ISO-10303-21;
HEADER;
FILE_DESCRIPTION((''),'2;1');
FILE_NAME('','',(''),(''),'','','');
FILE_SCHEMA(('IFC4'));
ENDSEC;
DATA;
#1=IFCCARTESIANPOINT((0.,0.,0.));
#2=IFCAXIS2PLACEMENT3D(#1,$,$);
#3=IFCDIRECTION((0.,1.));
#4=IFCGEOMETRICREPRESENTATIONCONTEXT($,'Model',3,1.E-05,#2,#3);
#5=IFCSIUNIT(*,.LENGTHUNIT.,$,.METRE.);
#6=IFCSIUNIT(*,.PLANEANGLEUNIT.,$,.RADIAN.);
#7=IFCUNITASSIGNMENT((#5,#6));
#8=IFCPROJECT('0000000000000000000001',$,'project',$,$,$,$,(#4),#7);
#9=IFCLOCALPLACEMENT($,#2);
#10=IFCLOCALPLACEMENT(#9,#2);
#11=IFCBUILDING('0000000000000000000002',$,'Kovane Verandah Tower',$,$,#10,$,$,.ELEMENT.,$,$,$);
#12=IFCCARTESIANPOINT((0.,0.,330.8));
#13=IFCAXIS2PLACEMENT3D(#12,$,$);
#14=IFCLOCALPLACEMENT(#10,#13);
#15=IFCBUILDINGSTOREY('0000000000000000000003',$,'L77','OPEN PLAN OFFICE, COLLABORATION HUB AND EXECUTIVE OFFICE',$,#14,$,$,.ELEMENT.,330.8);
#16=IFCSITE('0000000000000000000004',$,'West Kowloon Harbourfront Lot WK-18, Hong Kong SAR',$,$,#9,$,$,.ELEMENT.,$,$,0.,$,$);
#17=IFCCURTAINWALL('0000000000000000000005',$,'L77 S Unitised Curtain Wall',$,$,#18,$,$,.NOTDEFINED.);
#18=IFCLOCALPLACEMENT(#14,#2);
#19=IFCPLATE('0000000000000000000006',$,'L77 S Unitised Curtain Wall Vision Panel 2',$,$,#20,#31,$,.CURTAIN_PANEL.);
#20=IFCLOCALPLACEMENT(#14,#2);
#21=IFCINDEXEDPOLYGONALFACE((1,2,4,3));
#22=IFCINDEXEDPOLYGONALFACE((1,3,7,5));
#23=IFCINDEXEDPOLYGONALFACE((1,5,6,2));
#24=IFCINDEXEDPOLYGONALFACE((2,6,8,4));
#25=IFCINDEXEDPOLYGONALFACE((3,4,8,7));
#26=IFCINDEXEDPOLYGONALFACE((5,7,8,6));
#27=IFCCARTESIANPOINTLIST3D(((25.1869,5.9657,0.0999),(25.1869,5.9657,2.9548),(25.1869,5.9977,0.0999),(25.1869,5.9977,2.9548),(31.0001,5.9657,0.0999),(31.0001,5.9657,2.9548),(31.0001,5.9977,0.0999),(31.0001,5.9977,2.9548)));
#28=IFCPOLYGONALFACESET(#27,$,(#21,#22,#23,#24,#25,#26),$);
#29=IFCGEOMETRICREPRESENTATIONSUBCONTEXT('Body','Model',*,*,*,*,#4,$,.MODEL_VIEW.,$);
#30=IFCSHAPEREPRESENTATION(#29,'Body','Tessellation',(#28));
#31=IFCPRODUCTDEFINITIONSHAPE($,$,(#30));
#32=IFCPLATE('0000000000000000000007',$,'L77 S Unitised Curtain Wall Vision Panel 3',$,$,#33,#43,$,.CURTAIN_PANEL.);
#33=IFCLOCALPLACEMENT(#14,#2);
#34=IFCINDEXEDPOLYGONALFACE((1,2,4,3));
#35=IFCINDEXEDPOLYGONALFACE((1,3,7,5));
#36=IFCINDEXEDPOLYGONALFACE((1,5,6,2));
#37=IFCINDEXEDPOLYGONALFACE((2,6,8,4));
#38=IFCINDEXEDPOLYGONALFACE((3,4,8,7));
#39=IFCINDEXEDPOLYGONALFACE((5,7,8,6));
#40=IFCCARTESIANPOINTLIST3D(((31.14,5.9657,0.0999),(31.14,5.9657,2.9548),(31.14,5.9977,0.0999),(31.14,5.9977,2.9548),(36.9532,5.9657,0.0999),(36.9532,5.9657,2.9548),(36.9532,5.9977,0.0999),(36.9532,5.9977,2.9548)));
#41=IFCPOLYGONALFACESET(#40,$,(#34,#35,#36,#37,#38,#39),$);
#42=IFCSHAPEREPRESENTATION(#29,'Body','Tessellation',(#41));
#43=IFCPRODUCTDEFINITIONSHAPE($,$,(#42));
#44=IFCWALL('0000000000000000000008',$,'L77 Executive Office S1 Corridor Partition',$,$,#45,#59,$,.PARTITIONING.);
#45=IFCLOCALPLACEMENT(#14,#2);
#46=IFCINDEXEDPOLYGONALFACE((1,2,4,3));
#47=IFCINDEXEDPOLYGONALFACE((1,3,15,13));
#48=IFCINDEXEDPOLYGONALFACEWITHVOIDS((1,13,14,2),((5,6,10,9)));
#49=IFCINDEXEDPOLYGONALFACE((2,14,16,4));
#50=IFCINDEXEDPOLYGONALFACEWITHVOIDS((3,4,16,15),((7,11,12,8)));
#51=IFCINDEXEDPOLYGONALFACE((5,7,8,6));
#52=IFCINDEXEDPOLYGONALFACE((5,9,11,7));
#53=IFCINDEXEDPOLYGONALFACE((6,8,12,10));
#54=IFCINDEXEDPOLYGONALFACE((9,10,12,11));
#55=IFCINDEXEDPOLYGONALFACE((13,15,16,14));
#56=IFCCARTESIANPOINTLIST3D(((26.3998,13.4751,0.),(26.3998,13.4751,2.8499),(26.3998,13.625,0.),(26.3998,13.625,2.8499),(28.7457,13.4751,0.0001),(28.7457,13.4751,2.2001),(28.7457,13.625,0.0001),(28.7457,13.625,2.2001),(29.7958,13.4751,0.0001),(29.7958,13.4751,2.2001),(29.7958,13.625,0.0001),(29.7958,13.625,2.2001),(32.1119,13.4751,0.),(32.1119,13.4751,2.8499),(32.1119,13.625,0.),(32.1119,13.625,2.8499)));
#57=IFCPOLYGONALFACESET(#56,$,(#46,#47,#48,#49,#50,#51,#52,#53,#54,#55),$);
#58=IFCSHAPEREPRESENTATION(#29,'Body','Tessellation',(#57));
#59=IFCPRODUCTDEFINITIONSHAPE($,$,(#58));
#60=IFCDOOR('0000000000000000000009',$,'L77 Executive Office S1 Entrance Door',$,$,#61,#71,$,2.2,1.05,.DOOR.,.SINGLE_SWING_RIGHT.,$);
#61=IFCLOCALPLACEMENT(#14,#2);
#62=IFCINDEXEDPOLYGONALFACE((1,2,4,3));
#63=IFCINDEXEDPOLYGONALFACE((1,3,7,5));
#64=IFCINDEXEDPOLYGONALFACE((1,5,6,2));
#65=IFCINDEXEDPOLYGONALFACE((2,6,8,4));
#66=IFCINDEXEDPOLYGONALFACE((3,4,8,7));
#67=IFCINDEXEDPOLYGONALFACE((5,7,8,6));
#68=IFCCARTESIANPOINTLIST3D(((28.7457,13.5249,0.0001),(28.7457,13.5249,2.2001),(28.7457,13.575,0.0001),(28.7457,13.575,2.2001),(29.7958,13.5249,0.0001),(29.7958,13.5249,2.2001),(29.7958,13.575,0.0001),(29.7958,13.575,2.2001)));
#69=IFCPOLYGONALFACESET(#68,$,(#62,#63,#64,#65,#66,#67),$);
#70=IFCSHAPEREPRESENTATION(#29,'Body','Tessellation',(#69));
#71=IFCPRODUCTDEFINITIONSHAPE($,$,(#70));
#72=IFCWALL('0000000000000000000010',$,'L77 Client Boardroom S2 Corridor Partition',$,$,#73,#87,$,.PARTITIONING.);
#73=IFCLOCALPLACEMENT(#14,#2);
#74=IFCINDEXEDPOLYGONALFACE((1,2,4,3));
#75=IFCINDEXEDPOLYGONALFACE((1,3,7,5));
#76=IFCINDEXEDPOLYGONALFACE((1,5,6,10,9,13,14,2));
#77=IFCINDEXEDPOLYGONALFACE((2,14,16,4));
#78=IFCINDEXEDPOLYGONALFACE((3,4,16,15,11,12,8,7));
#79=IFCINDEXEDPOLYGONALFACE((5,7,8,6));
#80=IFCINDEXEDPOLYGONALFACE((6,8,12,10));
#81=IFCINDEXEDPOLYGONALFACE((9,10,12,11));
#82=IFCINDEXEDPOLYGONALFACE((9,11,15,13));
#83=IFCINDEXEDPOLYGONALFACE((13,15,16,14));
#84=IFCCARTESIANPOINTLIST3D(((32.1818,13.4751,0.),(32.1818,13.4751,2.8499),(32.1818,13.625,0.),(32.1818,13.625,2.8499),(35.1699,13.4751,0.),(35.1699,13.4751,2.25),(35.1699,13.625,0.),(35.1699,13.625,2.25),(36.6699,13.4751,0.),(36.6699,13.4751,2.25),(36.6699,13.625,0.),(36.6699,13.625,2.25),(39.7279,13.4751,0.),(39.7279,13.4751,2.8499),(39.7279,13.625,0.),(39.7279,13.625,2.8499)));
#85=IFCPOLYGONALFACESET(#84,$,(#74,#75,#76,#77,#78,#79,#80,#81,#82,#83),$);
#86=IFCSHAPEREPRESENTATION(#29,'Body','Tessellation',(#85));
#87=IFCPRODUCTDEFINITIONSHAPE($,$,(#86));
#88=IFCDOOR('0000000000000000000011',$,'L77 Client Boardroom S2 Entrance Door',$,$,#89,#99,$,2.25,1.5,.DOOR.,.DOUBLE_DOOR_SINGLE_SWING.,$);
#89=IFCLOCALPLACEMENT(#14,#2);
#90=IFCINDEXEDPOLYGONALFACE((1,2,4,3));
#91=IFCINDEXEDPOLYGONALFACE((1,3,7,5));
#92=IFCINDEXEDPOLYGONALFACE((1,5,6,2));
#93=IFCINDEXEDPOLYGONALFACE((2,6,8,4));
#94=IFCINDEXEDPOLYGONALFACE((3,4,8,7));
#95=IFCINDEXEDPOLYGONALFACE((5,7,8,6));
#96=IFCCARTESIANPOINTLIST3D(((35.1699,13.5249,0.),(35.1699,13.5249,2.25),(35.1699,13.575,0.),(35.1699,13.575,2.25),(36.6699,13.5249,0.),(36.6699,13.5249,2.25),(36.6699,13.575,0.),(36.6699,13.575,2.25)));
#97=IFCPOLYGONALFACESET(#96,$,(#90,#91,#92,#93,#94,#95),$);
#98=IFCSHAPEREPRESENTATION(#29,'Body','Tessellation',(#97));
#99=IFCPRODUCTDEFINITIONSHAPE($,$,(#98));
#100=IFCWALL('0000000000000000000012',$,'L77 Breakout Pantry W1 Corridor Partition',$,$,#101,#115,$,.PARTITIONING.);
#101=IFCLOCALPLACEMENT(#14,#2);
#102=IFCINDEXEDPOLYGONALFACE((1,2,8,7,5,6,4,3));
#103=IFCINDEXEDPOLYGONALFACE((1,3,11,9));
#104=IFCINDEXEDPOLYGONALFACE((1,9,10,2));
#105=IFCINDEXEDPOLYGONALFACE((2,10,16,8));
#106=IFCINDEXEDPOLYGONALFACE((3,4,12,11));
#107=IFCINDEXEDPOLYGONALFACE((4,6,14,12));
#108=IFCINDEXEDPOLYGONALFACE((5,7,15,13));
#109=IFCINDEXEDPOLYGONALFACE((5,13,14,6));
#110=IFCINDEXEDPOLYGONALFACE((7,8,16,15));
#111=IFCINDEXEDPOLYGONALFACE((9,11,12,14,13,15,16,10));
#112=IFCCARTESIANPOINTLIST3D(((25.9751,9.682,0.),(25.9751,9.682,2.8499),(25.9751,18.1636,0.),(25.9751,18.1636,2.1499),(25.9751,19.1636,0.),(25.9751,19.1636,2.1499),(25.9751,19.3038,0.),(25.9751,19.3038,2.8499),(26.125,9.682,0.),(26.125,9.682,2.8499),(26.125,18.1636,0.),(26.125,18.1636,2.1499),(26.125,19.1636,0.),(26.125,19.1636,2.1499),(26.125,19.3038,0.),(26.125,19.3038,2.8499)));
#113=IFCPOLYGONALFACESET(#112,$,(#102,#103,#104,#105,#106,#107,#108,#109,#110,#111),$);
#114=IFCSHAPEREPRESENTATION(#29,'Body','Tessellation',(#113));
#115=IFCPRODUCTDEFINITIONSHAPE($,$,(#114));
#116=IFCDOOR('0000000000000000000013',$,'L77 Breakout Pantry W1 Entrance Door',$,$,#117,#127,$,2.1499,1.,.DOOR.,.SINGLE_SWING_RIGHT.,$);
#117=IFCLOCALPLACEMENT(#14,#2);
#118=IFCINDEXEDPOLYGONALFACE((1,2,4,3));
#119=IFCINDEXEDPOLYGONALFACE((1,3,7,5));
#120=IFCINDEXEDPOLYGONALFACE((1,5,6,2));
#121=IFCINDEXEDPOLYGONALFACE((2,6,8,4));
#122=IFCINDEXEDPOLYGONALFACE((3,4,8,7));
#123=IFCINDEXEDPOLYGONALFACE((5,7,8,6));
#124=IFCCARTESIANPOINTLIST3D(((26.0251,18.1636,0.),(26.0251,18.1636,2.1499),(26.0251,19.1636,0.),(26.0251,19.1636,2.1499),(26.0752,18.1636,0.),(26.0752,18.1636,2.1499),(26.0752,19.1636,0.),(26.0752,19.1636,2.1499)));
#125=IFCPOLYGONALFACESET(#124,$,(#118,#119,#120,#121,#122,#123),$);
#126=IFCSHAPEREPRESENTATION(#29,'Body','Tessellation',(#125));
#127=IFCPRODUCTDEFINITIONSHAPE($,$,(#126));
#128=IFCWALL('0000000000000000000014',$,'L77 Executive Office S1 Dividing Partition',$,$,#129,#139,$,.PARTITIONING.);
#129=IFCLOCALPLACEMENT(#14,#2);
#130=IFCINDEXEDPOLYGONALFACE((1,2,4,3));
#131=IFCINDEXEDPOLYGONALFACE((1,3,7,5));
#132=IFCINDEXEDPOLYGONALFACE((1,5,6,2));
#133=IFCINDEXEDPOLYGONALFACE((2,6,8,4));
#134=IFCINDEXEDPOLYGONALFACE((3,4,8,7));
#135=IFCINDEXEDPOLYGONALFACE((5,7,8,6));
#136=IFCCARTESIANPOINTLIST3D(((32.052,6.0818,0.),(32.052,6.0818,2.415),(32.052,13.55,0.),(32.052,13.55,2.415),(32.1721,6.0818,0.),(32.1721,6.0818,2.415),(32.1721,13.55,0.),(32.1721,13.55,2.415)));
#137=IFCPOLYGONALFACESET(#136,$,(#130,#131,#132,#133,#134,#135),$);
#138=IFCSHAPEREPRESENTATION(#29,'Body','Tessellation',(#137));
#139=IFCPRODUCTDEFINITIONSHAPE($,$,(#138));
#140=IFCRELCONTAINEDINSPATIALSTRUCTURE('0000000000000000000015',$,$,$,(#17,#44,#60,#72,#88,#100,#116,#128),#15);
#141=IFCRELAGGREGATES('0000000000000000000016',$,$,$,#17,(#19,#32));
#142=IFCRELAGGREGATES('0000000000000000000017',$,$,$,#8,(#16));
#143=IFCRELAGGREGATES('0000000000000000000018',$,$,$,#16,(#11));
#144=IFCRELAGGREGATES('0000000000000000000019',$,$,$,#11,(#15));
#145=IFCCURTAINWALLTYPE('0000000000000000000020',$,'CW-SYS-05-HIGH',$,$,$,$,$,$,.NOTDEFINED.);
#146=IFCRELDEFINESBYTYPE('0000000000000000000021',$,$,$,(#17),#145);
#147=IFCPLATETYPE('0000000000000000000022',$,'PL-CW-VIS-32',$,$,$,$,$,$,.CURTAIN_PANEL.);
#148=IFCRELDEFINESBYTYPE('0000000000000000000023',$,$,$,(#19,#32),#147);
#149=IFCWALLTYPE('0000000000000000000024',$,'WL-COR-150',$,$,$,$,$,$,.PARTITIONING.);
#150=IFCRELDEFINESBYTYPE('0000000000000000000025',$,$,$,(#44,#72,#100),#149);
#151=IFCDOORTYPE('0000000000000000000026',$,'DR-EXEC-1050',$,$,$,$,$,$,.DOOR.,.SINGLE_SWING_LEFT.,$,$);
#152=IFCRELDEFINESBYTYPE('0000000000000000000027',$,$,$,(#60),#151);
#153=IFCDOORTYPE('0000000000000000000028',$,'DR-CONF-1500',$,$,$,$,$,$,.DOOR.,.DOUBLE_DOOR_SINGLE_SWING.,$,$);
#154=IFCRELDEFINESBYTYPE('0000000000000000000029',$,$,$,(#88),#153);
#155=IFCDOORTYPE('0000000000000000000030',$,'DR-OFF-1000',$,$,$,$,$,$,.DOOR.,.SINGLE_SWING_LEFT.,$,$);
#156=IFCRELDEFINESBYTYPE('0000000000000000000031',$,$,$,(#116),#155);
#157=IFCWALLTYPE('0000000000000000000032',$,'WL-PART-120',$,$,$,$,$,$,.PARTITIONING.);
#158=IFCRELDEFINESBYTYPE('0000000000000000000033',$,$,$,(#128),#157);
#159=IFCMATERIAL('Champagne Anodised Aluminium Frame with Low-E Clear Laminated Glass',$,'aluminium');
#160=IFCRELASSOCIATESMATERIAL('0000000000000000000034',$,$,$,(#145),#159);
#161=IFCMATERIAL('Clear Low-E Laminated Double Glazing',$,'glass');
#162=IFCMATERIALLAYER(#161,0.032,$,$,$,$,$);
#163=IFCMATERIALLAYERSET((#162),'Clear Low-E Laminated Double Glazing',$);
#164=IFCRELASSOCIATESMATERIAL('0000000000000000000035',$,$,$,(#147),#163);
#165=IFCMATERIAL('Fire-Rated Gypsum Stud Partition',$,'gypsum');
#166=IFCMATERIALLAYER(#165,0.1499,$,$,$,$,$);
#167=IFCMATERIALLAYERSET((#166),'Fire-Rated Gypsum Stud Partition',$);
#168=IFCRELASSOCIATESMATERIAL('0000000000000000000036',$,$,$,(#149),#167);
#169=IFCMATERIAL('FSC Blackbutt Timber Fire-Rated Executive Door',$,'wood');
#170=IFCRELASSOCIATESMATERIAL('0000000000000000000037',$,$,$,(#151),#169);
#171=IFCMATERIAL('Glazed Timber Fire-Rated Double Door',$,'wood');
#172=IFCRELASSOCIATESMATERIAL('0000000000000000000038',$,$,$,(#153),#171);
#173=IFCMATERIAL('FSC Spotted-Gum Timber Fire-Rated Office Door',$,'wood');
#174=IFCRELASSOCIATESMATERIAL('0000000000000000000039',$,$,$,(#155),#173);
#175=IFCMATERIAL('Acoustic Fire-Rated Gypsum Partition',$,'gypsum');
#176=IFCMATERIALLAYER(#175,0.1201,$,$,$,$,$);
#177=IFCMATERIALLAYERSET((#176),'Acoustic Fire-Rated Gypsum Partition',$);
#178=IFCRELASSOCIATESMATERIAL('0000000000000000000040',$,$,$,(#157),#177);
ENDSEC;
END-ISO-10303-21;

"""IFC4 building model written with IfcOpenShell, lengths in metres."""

from ifc_helpers import new_model, si_unit, direction, frame, frame_2d, origin, origin_2d, place, context, subcontext, project, spatial, rectangle, extrude, material, layer, layer_set, type_object, element, fill, aggregate, save


model = new_model("IFC4")

# Units and contexts
model_context = context("Model", 3, precision=1e-05, world=origin(), true_north=direction((0.0, 1.0)))
body_context = subcontext(model_context, "Body", "Model", "MODEL_VIEW")
ifc_project = project(units=[si_unit("LENGTHUNIT", "METRE"), si_unit("PLANEANGLEUNIT", "RADIAN")], contexts=[model_context])

# Site, building, storey
site_placement = place(None, origin())
site = spatial("IfcSite", under=ifc_project, at=site_placement, Name="West Kowloon Harbourfront Lot WK-18, Hong Kong SAR", CompositionType="ELEMENT", RefElevation=0.0)
building_placement = place(site_placement, origin())
building = spatial("IfcBuilding", under=site, at=building_placement, Name="Kovane Verandah Tower", CompositionType="ELEMENT")
storey_placement = place(building_placement, frame((0.0, 0.0, 330.8)))
storey = spatial("IfcBuildingStorey", under=building, at=storey_placement, Name="L77", Description="OPEN PLAN OFFICE, COLLABORATION HUB AND EXECUTIVE OFFICE", CompositionType="ELEMENT", Elevation=330.8)

# Curtain wall
ifc_material_1 = material(Name="Champagne Anodised Aluminium Frame with Low-E Clear Laminated Glass", Category="aluminium")
curtain_wall_type = type_object("IfcCurtainWallType", Name="CW-SYS-05-HIGH", PredefinedType="NOTDEFINED", material=ifc_material_1)
curtain_wall_placement = place(storey_placement, origin())
curtain_wall = element("IfcCurtainWall", 1, at=curtain_wall_placement, inside=storey, type_object=curtain_wall_type, Name="L77 S Unitised Curtain Wall", PredefinedType="NOTDEFINED")

# Plates
ifc_material_2 = material(Name="Clear Low-E Laminated Double Glazing", Category="glass")
ifc_layer_1 = layer(ifc_material_2, 0.032)
ifc_layer_set_1 = layer_set([ifc_layer_1], Name="Clear Low-E Laminated Double Glazing")
plate_type_1 = type_object("IfcPlateType", Name="PL-CW-VIS-32", PredefinedType="CURTAIN_PANEL", material=ifc_layer_set_1)
plate_1_placement = place(storey_placement, frame((28.0935, 5.9817, 0.0999), z_axis=(0.0, 0.0, 1.0), x_axis=(1.0, 0.0, 0.0)))
plate_1 = element("IfcPlate", 2, at=plate_1_placement, type_object=plate_type_1, Name="L77 S Unitised Curtain Wall Vision Panel 2", PredefinedType="CURTAIN_PANEL", context=body_context, shape_type="SweptSolid", body=[
    extrude(rectangle(XDim=5.8132, YDim=0.032, at=origin_2d()), origin(), (0.0, 0.0, 1.0), 2.855),
])
plate_2_placement = place(storey_placement, frame((34.0466, 5.9817, 0.0999), z_axis=(0.0, 0.0, 1.0), x_axis=(1.0, 0.0, 0.0)))
plate_2 = element("IfcPlate", 3, at=plate_2_placement, type_object=plate_type_1, Name="L77 S Unitised Curtain Wall Vision Panel 3", PredefinedType="CURTAIN_PANEL", context=body_context, shape_type="SweptSolid", body=[
    extrude(rectangle(XDim=5.8132, YDim=0.032, at=origin_2d()), origin(), (0.0, 0.0, 1.0), 2.855),
])
aggregate(curtain_wall, [plate_1, plate_2])

# Walls, openings, doors
ifc_material_3 = material(Name="Fire-Rated Gypsum Stud Partition", Category="gypsum")
ifc_layer_2 = layer(ifc_material_3, 0.1499)
ifc_layer_set_2 = layer_set([ifc_layer_2], Name="Fire-Rated Gypsum Stud Partition")
wall_type_1 = type_object("IfcWallType", Name="WL-COR-150", PredefinedType="PARTITIONING", material=ifc_layer_set_2)
wall_1_placement = place(storey_placement, frame((26.3999, 13.55, 0.0), z_axis=(0.0, 0.0, 1.0), x_axis=(1.0, 0.0, 0.0)))
wall_1 = element("IfcWall", 4, at=wall_1_placement, inside=storey, type_object=wall_type_1, Name="L77 Executive Office S1 Corridor Partition", PredefinedType="PARTITIONING", context=body_context, shape_type="SweptSolid", body=[
    extrude(rectangle(XDim=5.7122, YDim=0.1499, at=frame_2d((2.856, 0.0))), origin(), (0.0, 0.0, 1.0), 2.8499),
])
opening_1_placement = place(wall_1_placement, frame((2.3459, 0.0, 0.0)))
opening_1 = element("IfcOpeningElement", 5, at=opening_1_placement, cuts=wall_1, PredefinedType="OPENING", context=body_context, shape_type="SweptSolid", body=[
    extrude(rectangle(XDim=1.05, YDim=2.2, at=frame_2d((0.5249, 1.1001))), frame((0.0, 0.075, 0.0), z_axis=(0.0, -1.0, 0.0), x_axis=(1.0, 0.0, 0.0)), (0.0, 0.0, 1.0), 0.1499),
])
ifc_material_4 = material(Name="FSC Blackbutt Timber Fire-Rated Executive Door", Category="wood")
door_type_1 = type_object("IfcDoorType", Name="DR-EXEC-1050", OperationType="SINGLE_SWING_LEFT", PredefinedType="DOOR", material=ifc_material_4)
door_1_placement = place(opening_1_placement, origin())
door_1 = element("IfcDoor", 6, at=door_1_placement, inside=storey, type_object=door_type_1, Name="L77 Executive Office S1 Entrance Door", OperationType="SINGLE_SWING_RIGHT", OverallHeight=2.2, OverallWidth=1.05, PredefinedType="DOOR", context=body_context, shape_type="SweptSolid", body=[
    extrude(rectangle(XDim=1.05, YDim=2.2, at=frame_2d((0.5249, 1.1001))), frame((0.0, 0.0249, 0.0), z_axis=(0.0, -1.0, 0.0), x_axis=(1.0, 0.0, 0.0)), (0.0, 0.0, 1.0), 0.05),
])
fill(opening_1, door_1)
wall_2_placement = place(storey_placement, frame((32.1819, 13.55, 0.0), z_axis=(0.0, 0.0, 1.0), x_axis=(1.0, 0.0, 0.0)))
wall_2 = element("IfcWall", 7, at=wall_2_placement, inside=storey, type_object=wall_type_1, Name="L77 Client Boardroom S2 Corridor Partition", PredefinedType="PARTITIONING", context=body_context, shape_type="SweptSolid", body=[
    extrude(rectangle(XDim=7.5461, YDim=0.1499, at=frame_2d((3.7729, 0.0))), origin(), (0.0, 0.0, 1.0), 2.8499),
])
opening_2_placement = place(wall_2_placement, frame((2.988, 0.0, 0.0)))
opening_2 = element("IfcOpeningElement", 8, at=opening_2_placement, cuts=wall_2, PredefinedType="OPENING", context=body_context, shape_type="SweptSolid", body=[
    extrude(rectangle(XDim=1.5, YDim=2.25, at=frame_2d((0.75, 1.125))), frame((0.0, 0.075, 0.0), z_axis=(0.0, -1.0, 0.0), x_axis=(1.0, 0.0, 0.0)), (0.0, 0.0, 1.0), 0.1499),
])
ifc_material_5 = material(Name="Glazed Timber Fire-Rated Double Door", Category="wood")
door_type_2 = type_object("IfcDoorType", Name="DR-CONF-1500", OperationType="DOUBLE_DOOR_SINGLE_SWING", PredefinedType="DOOR", material=ifc_material_5)
door_2_placement = place(opening_2_placement, origin())
door_2 = element("IfcDoor", 9, at=door_2_placement, inside=storey, type_object=door_type_2, Name="L77 Client Boardroom S2 Entrance Door", OperationType="DOUBLE_DOOR_SINGLE_SWING", OverallHeight=2.25, OverallWidth=1.5, PredefinedType="DOOR", context=body_context, shape_type="SweptSolid", body=[
    extrude(rectangle(XDim=1.5, YDim=2.25, at=frame_2d((0.75, 1.125))), frame((0.0, 0.0249, 0.0), z_axis=(0.0, -1.0, 0.0), x_axis=(1.0, 0.0, 0.0)), (0.0, 0.0, 1.0), 0.05),
])
fill(opening_2, door_2)
wall_3_placement = place(storey_placement, frame((26.05, 9.6819, 0.0), z_axis=(0.0, 0.0, 1.0), x_axis=(0.0, 1.0, 0.0)))
wall_3 = element("IfcWall", 10, at=wall_3_placement, inside=storey, type_object=wall_type_1, Name="L77 Breakout Pantry W1 Corridor Partition", PredefinedType="PARTITIONING", context=body_context, shape_type="SweptSolid", body=[
    extrude(rectangle(XDim=9.6218, YDim=0.1499, at=frame_2d((4.811, 0.0))), origin(), (0.0, 0.0, 1.0), 2.8499),
])
opening_3_placement = place(wall_3_placement, frame((8.4817, 0.0, 0.0)))
opening_3 = element("IfcOpeningElement", 11, at=opening_3_placement, cuts=wall_3, PredefinedType="OPENING", context=body_context, shape_type="SweptSolid", body=[
    extrude(rectangle(XDim=1.0, YDim=2.1499, at=frame_2d((0.5, 1.075))), frame((0.0, 0.075, 0.0), z_axis=(0.0, -1.0, 0.0), x_axis=(1.0, 0.0, 0.0)), (0.0, 0.0, 1.0), 0.1499),
])
ifc_material_6 = material(Name="FSC Spotted-Gum Timber Fire-Rated Office Door", Category="wood")
door_type_3 = type_object("IfcDoorType", Name="DR-OFF-1000", OperationType="SINGLE_SWING_LEFT", PredefinedType="DOOR", material=ifc_material_6)
door_3_placement = place(opening_3_placement, origin())
door_3 = element("IfcDoor", 12, at=door_3_placement, inside=storey, type_object=door_type_3, Name="L77 Breakout Pantry W1 Entrance Door", OperationType="SINGLE_SWING_RIGHT", OverallHeight=2.1499, OverallWidth=1.0, PredefinedType="DOOR", context=body_context, shape_type="SweptSolid", body=[
    extrude(rectangle(XDim=1.0, YDim=2.1499, at=frame_2d((0.5, 1.075))), frame((0.0, 0.0249, 0.0), z_axis=(0.0, -1.0, 0.0), x_axis=(1.0, 0.0, 0.0)), (0.0, 0.0, 1.0), 0.05),
])
fill(opening_3, door_3)

# Wall
ifc_material_7 = material(Name="Acoustic Fire-Rated Gypsum Partition", Category="gypsum")
ifc_layer_3 = layer(ifc_material_7, 0.1201)
ifc_layer_set_3 = layer_set([ifc_layer_3], Name="Acoustic Fire-Rated Gypsum Partition")
wall_type_2 = type_object("IfcWallType", Name="WL-PART-120", PredefinedType="PARTITIONING", material=ifc_layer_set_3)
wall_4_placement = place(storey_placement, frame((32.1121, 6.0818, 0.0), z_axis=(0.0, 0.0, 1.0), x_axis=(0.0, 1.0, 0.0)))
element("IfcWall", 13, at=wall_4_placement, inside=storey, type_object=wall_type_2, Name="L77 Executive Office S1 Dividing Partition", PredefinedType="PARTITIONING", context=body_context, shape_type="SweptSolid", body=[
    extrude(rectangle(XDim=7.4683, YDim=0.1201, at=frame_2d((3.7341, 0.0))), origin(), (0.0, 0.0, 1.0), 2.415),
])

save(model, "model.ifc")
